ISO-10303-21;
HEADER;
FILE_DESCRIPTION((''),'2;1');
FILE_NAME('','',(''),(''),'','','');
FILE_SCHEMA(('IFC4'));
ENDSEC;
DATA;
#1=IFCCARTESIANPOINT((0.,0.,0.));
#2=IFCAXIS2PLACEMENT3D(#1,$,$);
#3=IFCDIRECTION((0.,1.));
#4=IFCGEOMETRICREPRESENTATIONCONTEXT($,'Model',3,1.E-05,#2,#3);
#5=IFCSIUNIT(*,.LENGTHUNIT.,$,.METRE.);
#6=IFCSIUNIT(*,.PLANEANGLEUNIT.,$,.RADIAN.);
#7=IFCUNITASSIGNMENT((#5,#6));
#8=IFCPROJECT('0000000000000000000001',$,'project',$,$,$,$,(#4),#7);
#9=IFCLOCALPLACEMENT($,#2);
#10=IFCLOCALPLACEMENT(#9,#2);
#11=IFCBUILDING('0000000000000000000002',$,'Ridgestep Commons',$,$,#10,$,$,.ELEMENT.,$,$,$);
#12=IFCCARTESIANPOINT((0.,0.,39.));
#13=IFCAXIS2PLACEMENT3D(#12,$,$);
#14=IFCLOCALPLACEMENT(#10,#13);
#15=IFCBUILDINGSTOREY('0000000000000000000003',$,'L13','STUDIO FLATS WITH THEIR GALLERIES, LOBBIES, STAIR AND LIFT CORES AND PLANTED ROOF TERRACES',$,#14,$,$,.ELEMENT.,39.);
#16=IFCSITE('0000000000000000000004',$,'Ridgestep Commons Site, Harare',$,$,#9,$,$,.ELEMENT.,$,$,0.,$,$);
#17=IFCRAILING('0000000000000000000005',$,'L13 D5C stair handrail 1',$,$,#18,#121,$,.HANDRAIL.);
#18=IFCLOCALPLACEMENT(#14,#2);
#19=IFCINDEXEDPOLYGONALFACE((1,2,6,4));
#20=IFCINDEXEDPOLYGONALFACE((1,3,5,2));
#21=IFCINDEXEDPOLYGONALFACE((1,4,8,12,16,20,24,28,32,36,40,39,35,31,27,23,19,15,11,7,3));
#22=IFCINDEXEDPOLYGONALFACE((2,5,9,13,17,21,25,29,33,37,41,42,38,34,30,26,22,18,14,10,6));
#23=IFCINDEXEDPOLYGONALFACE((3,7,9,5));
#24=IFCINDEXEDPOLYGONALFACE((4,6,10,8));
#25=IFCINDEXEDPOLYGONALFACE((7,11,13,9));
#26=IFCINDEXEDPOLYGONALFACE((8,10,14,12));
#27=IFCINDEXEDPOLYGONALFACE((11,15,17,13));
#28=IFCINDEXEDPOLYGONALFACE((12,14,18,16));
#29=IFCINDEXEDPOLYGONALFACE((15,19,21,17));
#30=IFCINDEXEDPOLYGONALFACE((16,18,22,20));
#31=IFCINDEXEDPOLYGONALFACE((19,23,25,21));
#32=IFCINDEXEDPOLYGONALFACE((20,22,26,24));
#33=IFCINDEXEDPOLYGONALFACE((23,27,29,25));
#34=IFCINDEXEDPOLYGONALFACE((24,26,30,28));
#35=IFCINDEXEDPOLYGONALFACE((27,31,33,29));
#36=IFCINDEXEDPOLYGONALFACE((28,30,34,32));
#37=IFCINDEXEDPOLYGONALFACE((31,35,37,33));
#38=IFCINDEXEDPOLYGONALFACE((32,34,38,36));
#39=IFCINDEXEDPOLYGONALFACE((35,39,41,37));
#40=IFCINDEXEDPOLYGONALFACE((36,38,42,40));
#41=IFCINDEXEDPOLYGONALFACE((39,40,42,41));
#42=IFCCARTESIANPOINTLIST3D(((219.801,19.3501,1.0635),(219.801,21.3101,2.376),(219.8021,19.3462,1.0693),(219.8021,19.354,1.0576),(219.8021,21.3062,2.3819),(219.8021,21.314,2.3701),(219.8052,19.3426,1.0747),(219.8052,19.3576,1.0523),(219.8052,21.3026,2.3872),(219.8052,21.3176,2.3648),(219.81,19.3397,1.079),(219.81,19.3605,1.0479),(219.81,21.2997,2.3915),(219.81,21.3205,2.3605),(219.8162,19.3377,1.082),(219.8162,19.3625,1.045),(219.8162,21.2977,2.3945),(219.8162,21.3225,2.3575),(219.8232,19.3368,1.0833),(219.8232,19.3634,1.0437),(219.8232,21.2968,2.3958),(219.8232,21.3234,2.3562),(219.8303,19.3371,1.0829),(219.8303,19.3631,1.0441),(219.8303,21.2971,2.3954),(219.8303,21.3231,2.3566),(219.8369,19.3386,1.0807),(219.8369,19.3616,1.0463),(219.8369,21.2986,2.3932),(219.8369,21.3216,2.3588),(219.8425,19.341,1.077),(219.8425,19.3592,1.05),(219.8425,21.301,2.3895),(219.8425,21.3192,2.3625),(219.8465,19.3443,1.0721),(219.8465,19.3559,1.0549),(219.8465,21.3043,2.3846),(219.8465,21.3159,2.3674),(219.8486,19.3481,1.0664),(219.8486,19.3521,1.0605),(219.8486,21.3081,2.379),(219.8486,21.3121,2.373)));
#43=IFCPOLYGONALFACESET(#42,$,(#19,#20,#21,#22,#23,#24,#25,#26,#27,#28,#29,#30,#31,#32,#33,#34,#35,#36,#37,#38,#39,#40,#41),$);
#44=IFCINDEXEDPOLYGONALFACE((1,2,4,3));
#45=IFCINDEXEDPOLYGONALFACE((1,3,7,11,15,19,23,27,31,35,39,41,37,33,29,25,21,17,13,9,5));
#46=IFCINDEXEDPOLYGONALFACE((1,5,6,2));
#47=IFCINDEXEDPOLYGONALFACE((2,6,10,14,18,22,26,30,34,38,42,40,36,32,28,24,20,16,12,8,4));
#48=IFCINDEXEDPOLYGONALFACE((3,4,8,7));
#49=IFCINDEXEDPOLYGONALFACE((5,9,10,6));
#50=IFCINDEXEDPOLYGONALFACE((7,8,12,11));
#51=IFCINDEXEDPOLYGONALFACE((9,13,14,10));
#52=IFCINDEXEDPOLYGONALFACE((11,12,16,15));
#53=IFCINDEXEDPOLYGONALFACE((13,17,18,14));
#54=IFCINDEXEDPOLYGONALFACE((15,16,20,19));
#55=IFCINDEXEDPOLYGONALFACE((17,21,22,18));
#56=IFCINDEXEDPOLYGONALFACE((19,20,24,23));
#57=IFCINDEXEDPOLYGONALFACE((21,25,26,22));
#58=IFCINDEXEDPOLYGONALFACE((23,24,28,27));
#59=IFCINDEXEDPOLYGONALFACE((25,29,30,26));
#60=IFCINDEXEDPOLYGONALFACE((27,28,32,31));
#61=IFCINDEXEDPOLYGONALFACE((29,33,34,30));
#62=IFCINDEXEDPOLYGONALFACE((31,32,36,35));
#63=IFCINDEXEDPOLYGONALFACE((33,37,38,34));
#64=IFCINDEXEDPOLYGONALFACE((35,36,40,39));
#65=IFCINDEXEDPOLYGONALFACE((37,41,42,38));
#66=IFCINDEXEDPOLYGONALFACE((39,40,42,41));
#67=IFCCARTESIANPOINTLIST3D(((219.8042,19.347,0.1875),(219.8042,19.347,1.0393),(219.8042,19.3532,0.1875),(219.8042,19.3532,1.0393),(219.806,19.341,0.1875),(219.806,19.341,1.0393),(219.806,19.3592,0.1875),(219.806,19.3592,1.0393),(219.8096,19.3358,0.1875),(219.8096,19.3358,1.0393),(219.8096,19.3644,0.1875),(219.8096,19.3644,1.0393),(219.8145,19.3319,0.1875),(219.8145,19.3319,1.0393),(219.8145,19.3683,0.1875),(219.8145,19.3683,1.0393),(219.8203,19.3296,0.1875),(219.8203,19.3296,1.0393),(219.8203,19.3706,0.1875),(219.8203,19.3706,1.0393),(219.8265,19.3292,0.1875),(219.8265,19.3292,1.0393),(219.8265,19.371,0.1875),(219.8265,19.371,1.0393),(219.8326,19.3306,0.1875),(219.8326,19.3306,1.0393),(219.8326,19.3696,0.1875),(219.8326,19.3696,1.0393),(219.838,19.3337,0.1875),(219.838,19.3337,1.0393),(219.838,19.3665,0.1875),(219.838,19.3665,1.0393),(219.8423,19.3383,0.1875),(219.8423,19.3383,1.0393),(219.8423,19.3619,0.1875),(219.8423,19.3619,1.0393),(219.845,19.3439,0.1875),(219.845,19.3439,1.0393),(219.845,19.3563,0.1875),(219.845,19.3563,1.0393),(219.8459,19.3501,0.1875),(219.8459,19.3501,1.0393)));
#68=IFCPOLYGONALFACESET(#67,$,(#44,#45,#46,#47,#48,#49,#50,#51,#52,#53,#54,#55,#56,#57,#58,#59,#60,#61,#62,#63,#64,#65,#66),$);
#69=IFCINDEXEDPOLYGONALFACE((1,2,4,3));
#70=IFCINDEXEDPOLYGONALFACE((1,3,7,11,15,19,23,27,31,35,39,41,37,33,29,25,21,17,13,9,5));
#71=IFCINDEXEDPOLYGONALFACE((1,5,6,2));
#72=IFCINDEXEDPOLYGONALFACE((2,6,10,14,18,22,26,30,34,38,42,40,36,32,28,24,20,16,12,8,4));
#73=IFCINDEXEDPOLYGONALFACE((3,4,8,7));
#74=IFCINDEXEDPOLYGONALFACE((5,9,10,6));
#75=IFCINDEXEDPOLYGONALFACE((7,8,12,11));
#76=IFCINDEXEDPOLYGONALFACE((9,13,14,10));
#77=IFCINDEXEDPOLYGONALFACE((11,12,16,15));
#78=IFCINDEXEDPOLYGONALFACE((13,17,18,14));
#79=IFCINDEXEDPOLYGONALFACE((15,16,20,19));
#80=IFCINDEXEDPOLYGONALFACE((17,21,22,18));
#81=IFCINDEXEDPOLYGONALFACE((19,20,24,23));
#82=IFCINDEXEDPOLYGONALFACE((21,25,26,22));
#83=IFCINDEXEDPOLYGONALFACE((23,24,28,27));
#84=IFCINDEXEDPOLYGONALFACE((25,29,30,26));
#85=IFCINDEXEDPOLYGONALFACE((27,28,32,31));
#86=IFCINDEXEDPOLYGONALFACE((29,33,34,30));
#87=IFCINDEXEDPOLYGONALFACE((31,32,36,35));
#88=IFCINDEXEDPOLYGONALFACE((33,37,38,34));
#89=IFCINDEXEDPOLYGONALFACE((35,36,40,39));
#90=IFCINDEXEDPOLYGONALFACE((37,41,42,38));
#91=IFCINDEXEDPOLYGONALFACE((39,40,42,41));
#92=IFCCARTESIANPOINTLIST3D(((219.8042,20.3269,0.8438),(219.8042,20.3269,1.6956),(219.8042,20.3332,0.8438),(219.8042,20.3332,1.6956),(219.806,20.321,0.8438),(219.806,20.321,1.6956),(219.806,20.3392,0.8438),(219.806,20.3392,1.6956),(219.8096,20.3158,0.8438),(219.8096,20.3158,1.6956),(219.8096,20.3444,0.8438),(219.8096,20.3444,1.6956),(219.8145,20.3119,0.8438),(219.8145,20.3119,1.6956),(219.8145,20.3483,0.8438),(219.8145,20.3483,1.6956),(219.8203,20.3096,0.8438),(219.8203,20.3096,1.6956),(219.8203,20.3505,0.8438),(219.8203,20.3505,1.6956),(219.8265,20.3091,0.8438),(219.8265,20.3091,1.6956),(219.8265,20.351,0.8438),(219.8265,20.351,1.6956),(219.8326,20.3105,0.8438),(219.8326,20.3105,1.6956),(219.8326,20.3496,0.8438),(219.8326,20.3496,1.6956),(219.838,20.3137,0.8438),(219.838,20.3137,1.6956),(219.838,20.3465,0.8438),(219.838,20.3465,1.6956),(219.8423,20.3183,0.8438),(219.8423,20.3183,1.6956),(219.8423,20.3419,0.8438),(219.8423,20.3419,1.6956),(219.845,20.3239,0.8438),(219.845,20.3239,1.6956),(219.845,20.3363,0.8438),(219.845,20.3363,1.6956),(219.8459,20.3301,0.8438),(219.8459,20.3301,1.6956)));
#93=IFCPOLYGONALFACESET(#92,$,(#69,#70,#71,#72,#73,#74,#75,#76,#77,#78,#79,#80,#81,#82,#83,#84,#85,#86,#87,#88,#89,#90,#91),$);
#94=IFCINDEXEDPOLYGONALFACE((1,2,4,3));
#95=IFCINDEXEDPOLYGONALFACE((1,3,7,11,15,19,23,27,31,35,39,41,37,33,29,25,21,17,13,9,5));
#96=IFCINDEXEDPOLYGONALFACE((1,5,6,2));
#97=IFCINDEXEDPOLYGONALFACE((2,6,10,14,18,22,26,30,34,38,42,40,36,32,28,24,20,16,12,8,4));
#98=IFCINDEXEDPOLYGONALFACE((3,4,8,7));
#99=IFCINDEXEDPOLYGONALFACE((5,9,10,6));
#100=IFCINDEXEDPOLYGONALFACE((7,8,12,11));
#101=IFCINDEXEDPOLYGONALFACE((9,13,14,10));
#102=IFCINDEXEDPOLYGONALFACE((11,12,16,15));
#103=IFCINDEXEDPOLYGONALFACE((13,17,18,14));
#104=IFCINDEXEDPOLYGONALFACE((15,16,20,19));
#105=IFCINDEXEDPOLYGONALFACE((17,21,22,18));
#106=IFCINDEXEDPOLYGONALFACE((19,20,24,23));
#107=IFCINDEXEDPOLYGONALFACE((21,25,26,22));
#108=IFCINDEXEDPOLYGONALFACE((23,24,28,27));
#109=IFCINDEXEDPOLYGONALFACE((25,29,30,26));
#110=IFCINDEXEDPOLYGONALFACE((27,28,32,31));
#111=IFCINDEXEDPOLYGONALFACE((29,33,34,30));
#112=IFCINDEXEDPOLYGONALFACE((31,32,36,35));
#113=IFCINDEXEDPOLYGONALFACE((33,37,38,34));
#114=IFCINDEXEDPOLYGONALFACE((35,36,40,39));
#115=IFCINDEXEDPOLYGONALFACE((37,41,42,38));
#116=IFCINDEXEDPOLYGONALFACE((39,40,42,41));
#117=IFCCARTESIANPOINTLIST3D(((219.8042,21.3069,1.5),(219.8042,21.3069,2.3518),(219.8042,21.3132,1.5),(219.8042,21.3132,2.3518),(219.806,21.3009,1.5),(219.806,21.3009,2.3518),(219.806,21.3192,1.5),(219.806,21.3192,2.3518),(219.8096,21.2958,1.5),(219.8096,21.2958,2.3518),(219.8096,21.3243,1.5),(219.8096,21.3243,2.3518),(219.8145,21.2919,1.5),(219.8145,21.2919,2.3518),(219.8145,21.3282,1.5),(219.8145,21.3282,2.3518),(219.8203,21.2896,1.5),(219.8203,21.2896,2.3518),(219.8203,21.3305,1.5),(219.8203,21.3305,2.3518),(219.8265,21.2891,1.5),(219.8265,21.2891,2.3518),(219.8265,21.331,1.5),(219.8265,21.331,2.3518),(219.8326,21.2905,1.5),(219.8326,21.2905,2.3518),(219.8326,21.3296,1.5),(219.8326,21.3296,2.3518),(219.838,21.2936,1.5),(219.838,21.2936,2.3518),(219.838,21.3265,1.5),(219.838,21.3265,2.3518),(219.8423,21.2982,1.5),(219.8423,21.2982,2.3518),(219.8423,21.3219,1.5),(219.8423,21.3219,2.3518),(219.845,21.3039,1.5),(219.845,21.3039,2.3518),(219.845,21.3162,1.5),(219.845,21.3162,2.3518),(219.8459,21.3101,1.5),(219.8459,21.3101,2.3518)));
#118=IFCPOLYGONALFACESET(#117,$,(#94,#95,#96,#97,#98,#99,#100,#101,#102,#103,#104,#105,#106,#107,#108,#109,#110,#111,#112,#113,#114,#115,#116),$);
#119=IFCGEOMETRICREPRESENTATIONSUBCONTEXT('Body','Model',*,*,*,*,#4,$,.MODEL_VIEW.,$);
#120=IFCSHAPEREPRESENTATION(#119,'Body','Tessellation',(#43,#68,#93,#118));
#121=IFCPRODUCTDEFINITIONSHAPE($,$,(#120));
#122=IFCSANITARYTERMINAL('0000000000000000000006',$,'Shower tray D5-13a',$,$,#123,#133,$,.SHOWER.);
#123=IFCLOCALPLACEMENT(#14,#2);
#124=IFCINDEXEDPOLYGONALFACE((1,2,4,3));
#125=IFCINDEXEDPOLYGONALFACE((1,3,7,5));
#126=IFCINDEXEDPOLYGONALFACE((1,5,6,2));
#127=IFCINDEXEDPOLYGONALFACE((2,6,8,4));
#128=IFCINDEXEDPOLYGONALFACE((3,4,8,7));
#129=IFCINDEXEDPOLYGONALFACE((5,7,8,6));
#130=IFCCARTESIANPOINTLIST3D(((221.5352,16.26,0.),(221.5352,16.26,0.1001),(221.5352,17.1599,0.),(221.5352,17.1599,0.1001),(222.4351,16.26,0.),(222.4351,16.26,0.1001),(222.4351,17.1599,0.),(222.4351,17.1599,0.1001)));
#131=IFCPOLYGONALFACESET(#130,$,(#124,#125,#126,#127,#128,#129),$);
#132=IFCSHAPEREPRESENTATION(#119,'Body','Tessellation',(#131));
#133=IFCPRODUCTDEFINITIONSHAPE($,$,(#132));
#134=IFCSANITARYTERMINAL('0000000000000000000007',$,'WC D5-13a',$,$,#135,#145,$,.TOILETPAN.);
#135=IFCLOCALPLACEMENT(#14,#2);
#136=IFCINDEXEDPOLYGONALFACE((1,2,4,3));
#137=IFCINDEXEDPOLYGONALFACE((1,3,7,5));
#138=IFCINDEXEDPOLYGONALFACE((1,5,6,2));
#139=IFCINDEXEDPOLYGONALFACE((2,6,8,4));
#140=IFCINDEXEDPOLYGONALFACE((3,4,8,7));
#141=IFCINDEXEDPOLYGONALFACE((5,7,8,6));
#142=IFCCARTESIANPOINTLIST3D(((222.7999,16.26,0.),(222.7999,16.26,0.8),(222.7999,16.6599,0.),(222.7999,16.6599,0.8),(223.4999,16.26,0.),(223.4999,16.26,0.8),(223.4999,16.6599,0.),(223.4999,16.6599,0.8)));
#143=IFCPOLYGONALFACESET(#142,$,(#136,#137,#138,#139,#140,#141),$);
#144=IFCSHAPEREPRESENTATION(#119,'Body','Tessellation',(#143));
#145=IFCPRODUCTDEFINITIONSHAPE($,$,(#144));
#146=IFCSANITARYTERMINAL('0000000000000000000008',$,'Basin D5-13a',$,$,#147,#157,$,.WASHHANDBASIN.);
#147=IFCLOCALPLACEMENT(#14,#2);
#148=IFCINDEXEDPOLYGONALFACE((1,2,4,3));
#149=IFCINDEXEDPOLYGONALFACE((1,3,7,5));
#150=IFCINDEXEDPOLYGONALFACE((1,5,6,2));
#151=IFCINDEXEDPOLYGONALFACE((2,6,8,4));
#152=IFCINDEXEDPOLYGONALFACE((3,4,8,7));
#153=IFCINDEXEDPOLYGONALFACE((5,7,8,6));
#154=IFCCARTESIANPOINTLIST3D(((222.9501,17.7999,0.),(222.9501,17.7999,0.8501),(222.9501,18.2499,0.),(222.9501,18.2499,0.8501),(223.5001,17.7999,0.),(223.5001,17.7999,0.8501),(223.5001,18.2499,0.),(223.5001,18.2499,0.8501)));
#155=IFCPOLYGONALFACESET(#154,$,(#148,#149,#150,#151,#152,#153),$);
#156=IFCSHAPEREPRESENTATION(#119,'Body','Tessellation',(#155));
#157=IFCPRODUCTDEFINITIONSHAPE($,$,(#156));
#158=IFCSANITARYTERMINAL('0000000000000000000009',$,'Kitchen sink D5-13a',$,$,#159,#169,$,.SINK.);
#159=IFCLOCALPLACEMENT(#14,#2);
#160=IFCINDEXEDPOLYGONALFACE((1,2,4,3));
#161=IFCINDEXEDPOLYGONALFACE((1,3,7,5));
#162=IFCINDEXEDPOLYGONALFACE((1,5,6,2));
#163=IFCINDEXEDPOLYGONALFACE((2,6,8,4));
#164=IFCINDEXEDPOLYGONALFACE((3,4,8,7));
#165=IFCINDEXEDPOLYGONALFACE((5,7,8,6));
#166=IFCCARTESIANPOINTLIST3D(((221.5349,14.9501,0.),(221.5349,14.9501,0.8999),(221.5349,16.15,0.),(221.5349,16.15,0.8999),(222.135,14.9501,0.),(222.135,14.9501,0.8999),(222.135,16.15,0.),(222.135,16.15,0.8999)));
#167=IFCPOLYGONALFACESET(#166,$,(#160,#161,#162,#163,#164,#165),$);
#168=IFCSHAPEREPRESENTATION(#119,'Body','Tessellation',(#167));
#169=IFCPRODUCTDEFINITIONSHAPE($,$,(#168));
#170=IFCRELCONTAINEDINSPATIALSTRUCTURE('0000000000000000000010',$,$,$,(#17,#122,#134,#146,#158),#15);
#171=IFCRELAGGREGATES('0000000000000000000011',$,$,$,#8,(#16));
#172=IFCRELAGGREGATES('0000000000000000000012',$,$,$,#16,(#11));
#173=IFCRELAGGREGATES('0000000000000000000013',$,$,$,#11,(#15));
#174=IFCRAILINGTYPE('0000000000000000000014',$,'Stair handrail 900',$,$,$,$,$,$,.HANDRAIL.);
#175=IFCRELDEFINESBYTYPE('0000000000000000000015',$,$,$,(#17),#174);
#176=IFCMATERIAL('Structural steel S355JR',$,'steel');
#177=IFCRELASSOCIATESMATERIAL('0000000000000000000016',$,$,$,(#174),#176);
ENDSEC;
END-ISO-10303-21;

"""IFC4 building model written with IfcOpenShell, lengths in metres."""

from ifc_helpers import new_model, si_unit, direction, frame, origin, origin_2d, place, context, subcontext, project, spatial, rectangle, circle, extrude, material, type_object, element, save


model = new_model("IFC4")

# Units and contexts
model_context = context("Model", 3, precision=1e-05, world=origin(), true_north=direction((0.0, 1.0)))
body_context = subcontext(model_context, "Body", "Model", "MODEL_VIEW")
ifc_project = project(units=[si_unit("LENGTHUNIT", "METRE"), si_unit("PLANEANGLEUNIT", "RADIAN")], contexts=[model_context])

# Site, building, storey
site_placement = place(None, origin())
site = spatial("IfcSite", under=ifc_project, at=site_placement, Name="Ridgestep Commons Site, Harare", CompositionType="ELEMENT", RefElevation=0.0)
building_placement = place(site_placement, origin())
building = spatial("IfcBuilding", under=site, at=building_placement, Name="Ridgestep Commons", CompositionType="ELEMENT")
storey_placement = place(building_placement, frame((0.0, 0.0, 39.0)))
storey = spatial("IfcBuildingStorey", under=building, at=storey_placement, Name="L13", Description="STUDIO FLATS WITH THEIR GALLERIES, LOBBIES, STAIR AND LIFT CORES AND PLANTED ROOF TERRACES", CompositionType="ELEMENT", Elevation=39.0)

# Railing
ifc_material_1 = material(Name="Structural steel S355JR", Category="steel")
railing_type_1 = type_object("IfcRailingType", Name="Stair handrail 900", PredefinedType="HANDRAIL", material=ifc_material_1)
railing_1_placement = place(storey_placement, frame((219.825, 19.3501, 0.1875)))
element("IfcRailing", 1, at=railing_1_placement, inside=storey, type_object=railing_type_1, Name="L13 D5C stair handrail 1", PredefinedType="HANDRAIL", context=body_context, shape_type="SweptSolid", body=[
    extrude(circle(Radius=0.0239, at=origin_2d()), frame((0.0, 0.0, 0.876), z_axis=(0.0, 0.830902, 0.556419), x_axis=(-1.0, 0.0, 0.0)), (0.0, 0.0, 1.0), 2.3589),
    extrude(circle(Radius=0.021, at=origin_2d()), origin(), (0.0, 0.0, 1.0), 0.8518),
    extrude(circle(Radius=0.021, at=origin_2d()), frame((0.0, 0.98, 0.6562)), (0.0, 0.0, 1.0), 0.8518),
    extrude(circle(Radius=0.021, at=origin_2d()), frame((0.0, 1.96, 1.3125)), (0.0, 0.0, 1.0), 0.8518),
])

# Sanitary terminals
sanitary_terminal_1_placement = place(storey_placement, frame((221.9851, 16.71, 0.0), z_axis=(0.0, 0.0, 1.0), x_axis=(1.0, 0.0, 0.0)))
element("IfcSanitaryTerminal", 2, at=sanitary_terminal_1_placement, inside=storey, Name="Shower tray D5-13a", PredefinedType="SHOWER", context=body_context, shape_type="SweptSolid", body=[
    extrude(rectangle(XDim=0.8999, YDim=0.8999, at=origin_2d()), origin(), (0.0, 0.0, 1.0), 0.1001),
])
sanitary_terminal_2_placement = place(storey_placement, frame((223.1499, 16.46, 0.0), z_axis=(0.0, 0.0, 1.0), x_axis=(1.0, 0.0, 0.0)))
element("IfcSanitaryTerminal", 3, at=sanitary_terminal_2_placement, inside=storey, Name="WC D5-13a", PredefinedType="TOILETPAN", context=body_context, shape_type="SweptSolid", body=[
    extrude(rectangle(XDim=0.7, YDim=0.3999, at=origin_2d()), origin(), (0.0, 0.0, 1.0), 0.8),
])
sanitary_terminal_3_placement = place(storey_placement, frame((223.2251, 18.0249, 0.0), z_axis=(0.0, 0.0, 1.0), x_axis=(1.0, 0.0, 0.0)))
element("IfcSanitaryTerminal", 4, at=sanitary_terminal_3_placement, inside=storey, Name="Basin D5-13a", PredefinedType="WASHHANDBASIN", context=body_context, shape_type="SweptSolid", body=[
    extrude(rectangle(XDim=0.55, YDim=0.45, at=origin_2d()), origin(), (0.0, 0.0, 1.0), 0.8501),
])
sanitary_terminal_4_placement = place(storey_placement, frame((221.835, 15.55, 0.0), z_axis=(0.0, 0.0, 1.0), x_axis=(1.0, 0.0, 0.0)))
element("IfcSanitaryTerminal", 5, at=sanitary_terminal_4_placement, inside=storey, Name="Kitchen sink D5-13a", PredefinedType="SINK", context=body_context, shape_type="SweptSolid", body=[
    extrude(rectangle(XDim=0.6001, YDim=1.2, at=origin_2d()), origin(), (0.0, 0.0, 1.0), 0.8999),
])

save(model, "model.ifc")
